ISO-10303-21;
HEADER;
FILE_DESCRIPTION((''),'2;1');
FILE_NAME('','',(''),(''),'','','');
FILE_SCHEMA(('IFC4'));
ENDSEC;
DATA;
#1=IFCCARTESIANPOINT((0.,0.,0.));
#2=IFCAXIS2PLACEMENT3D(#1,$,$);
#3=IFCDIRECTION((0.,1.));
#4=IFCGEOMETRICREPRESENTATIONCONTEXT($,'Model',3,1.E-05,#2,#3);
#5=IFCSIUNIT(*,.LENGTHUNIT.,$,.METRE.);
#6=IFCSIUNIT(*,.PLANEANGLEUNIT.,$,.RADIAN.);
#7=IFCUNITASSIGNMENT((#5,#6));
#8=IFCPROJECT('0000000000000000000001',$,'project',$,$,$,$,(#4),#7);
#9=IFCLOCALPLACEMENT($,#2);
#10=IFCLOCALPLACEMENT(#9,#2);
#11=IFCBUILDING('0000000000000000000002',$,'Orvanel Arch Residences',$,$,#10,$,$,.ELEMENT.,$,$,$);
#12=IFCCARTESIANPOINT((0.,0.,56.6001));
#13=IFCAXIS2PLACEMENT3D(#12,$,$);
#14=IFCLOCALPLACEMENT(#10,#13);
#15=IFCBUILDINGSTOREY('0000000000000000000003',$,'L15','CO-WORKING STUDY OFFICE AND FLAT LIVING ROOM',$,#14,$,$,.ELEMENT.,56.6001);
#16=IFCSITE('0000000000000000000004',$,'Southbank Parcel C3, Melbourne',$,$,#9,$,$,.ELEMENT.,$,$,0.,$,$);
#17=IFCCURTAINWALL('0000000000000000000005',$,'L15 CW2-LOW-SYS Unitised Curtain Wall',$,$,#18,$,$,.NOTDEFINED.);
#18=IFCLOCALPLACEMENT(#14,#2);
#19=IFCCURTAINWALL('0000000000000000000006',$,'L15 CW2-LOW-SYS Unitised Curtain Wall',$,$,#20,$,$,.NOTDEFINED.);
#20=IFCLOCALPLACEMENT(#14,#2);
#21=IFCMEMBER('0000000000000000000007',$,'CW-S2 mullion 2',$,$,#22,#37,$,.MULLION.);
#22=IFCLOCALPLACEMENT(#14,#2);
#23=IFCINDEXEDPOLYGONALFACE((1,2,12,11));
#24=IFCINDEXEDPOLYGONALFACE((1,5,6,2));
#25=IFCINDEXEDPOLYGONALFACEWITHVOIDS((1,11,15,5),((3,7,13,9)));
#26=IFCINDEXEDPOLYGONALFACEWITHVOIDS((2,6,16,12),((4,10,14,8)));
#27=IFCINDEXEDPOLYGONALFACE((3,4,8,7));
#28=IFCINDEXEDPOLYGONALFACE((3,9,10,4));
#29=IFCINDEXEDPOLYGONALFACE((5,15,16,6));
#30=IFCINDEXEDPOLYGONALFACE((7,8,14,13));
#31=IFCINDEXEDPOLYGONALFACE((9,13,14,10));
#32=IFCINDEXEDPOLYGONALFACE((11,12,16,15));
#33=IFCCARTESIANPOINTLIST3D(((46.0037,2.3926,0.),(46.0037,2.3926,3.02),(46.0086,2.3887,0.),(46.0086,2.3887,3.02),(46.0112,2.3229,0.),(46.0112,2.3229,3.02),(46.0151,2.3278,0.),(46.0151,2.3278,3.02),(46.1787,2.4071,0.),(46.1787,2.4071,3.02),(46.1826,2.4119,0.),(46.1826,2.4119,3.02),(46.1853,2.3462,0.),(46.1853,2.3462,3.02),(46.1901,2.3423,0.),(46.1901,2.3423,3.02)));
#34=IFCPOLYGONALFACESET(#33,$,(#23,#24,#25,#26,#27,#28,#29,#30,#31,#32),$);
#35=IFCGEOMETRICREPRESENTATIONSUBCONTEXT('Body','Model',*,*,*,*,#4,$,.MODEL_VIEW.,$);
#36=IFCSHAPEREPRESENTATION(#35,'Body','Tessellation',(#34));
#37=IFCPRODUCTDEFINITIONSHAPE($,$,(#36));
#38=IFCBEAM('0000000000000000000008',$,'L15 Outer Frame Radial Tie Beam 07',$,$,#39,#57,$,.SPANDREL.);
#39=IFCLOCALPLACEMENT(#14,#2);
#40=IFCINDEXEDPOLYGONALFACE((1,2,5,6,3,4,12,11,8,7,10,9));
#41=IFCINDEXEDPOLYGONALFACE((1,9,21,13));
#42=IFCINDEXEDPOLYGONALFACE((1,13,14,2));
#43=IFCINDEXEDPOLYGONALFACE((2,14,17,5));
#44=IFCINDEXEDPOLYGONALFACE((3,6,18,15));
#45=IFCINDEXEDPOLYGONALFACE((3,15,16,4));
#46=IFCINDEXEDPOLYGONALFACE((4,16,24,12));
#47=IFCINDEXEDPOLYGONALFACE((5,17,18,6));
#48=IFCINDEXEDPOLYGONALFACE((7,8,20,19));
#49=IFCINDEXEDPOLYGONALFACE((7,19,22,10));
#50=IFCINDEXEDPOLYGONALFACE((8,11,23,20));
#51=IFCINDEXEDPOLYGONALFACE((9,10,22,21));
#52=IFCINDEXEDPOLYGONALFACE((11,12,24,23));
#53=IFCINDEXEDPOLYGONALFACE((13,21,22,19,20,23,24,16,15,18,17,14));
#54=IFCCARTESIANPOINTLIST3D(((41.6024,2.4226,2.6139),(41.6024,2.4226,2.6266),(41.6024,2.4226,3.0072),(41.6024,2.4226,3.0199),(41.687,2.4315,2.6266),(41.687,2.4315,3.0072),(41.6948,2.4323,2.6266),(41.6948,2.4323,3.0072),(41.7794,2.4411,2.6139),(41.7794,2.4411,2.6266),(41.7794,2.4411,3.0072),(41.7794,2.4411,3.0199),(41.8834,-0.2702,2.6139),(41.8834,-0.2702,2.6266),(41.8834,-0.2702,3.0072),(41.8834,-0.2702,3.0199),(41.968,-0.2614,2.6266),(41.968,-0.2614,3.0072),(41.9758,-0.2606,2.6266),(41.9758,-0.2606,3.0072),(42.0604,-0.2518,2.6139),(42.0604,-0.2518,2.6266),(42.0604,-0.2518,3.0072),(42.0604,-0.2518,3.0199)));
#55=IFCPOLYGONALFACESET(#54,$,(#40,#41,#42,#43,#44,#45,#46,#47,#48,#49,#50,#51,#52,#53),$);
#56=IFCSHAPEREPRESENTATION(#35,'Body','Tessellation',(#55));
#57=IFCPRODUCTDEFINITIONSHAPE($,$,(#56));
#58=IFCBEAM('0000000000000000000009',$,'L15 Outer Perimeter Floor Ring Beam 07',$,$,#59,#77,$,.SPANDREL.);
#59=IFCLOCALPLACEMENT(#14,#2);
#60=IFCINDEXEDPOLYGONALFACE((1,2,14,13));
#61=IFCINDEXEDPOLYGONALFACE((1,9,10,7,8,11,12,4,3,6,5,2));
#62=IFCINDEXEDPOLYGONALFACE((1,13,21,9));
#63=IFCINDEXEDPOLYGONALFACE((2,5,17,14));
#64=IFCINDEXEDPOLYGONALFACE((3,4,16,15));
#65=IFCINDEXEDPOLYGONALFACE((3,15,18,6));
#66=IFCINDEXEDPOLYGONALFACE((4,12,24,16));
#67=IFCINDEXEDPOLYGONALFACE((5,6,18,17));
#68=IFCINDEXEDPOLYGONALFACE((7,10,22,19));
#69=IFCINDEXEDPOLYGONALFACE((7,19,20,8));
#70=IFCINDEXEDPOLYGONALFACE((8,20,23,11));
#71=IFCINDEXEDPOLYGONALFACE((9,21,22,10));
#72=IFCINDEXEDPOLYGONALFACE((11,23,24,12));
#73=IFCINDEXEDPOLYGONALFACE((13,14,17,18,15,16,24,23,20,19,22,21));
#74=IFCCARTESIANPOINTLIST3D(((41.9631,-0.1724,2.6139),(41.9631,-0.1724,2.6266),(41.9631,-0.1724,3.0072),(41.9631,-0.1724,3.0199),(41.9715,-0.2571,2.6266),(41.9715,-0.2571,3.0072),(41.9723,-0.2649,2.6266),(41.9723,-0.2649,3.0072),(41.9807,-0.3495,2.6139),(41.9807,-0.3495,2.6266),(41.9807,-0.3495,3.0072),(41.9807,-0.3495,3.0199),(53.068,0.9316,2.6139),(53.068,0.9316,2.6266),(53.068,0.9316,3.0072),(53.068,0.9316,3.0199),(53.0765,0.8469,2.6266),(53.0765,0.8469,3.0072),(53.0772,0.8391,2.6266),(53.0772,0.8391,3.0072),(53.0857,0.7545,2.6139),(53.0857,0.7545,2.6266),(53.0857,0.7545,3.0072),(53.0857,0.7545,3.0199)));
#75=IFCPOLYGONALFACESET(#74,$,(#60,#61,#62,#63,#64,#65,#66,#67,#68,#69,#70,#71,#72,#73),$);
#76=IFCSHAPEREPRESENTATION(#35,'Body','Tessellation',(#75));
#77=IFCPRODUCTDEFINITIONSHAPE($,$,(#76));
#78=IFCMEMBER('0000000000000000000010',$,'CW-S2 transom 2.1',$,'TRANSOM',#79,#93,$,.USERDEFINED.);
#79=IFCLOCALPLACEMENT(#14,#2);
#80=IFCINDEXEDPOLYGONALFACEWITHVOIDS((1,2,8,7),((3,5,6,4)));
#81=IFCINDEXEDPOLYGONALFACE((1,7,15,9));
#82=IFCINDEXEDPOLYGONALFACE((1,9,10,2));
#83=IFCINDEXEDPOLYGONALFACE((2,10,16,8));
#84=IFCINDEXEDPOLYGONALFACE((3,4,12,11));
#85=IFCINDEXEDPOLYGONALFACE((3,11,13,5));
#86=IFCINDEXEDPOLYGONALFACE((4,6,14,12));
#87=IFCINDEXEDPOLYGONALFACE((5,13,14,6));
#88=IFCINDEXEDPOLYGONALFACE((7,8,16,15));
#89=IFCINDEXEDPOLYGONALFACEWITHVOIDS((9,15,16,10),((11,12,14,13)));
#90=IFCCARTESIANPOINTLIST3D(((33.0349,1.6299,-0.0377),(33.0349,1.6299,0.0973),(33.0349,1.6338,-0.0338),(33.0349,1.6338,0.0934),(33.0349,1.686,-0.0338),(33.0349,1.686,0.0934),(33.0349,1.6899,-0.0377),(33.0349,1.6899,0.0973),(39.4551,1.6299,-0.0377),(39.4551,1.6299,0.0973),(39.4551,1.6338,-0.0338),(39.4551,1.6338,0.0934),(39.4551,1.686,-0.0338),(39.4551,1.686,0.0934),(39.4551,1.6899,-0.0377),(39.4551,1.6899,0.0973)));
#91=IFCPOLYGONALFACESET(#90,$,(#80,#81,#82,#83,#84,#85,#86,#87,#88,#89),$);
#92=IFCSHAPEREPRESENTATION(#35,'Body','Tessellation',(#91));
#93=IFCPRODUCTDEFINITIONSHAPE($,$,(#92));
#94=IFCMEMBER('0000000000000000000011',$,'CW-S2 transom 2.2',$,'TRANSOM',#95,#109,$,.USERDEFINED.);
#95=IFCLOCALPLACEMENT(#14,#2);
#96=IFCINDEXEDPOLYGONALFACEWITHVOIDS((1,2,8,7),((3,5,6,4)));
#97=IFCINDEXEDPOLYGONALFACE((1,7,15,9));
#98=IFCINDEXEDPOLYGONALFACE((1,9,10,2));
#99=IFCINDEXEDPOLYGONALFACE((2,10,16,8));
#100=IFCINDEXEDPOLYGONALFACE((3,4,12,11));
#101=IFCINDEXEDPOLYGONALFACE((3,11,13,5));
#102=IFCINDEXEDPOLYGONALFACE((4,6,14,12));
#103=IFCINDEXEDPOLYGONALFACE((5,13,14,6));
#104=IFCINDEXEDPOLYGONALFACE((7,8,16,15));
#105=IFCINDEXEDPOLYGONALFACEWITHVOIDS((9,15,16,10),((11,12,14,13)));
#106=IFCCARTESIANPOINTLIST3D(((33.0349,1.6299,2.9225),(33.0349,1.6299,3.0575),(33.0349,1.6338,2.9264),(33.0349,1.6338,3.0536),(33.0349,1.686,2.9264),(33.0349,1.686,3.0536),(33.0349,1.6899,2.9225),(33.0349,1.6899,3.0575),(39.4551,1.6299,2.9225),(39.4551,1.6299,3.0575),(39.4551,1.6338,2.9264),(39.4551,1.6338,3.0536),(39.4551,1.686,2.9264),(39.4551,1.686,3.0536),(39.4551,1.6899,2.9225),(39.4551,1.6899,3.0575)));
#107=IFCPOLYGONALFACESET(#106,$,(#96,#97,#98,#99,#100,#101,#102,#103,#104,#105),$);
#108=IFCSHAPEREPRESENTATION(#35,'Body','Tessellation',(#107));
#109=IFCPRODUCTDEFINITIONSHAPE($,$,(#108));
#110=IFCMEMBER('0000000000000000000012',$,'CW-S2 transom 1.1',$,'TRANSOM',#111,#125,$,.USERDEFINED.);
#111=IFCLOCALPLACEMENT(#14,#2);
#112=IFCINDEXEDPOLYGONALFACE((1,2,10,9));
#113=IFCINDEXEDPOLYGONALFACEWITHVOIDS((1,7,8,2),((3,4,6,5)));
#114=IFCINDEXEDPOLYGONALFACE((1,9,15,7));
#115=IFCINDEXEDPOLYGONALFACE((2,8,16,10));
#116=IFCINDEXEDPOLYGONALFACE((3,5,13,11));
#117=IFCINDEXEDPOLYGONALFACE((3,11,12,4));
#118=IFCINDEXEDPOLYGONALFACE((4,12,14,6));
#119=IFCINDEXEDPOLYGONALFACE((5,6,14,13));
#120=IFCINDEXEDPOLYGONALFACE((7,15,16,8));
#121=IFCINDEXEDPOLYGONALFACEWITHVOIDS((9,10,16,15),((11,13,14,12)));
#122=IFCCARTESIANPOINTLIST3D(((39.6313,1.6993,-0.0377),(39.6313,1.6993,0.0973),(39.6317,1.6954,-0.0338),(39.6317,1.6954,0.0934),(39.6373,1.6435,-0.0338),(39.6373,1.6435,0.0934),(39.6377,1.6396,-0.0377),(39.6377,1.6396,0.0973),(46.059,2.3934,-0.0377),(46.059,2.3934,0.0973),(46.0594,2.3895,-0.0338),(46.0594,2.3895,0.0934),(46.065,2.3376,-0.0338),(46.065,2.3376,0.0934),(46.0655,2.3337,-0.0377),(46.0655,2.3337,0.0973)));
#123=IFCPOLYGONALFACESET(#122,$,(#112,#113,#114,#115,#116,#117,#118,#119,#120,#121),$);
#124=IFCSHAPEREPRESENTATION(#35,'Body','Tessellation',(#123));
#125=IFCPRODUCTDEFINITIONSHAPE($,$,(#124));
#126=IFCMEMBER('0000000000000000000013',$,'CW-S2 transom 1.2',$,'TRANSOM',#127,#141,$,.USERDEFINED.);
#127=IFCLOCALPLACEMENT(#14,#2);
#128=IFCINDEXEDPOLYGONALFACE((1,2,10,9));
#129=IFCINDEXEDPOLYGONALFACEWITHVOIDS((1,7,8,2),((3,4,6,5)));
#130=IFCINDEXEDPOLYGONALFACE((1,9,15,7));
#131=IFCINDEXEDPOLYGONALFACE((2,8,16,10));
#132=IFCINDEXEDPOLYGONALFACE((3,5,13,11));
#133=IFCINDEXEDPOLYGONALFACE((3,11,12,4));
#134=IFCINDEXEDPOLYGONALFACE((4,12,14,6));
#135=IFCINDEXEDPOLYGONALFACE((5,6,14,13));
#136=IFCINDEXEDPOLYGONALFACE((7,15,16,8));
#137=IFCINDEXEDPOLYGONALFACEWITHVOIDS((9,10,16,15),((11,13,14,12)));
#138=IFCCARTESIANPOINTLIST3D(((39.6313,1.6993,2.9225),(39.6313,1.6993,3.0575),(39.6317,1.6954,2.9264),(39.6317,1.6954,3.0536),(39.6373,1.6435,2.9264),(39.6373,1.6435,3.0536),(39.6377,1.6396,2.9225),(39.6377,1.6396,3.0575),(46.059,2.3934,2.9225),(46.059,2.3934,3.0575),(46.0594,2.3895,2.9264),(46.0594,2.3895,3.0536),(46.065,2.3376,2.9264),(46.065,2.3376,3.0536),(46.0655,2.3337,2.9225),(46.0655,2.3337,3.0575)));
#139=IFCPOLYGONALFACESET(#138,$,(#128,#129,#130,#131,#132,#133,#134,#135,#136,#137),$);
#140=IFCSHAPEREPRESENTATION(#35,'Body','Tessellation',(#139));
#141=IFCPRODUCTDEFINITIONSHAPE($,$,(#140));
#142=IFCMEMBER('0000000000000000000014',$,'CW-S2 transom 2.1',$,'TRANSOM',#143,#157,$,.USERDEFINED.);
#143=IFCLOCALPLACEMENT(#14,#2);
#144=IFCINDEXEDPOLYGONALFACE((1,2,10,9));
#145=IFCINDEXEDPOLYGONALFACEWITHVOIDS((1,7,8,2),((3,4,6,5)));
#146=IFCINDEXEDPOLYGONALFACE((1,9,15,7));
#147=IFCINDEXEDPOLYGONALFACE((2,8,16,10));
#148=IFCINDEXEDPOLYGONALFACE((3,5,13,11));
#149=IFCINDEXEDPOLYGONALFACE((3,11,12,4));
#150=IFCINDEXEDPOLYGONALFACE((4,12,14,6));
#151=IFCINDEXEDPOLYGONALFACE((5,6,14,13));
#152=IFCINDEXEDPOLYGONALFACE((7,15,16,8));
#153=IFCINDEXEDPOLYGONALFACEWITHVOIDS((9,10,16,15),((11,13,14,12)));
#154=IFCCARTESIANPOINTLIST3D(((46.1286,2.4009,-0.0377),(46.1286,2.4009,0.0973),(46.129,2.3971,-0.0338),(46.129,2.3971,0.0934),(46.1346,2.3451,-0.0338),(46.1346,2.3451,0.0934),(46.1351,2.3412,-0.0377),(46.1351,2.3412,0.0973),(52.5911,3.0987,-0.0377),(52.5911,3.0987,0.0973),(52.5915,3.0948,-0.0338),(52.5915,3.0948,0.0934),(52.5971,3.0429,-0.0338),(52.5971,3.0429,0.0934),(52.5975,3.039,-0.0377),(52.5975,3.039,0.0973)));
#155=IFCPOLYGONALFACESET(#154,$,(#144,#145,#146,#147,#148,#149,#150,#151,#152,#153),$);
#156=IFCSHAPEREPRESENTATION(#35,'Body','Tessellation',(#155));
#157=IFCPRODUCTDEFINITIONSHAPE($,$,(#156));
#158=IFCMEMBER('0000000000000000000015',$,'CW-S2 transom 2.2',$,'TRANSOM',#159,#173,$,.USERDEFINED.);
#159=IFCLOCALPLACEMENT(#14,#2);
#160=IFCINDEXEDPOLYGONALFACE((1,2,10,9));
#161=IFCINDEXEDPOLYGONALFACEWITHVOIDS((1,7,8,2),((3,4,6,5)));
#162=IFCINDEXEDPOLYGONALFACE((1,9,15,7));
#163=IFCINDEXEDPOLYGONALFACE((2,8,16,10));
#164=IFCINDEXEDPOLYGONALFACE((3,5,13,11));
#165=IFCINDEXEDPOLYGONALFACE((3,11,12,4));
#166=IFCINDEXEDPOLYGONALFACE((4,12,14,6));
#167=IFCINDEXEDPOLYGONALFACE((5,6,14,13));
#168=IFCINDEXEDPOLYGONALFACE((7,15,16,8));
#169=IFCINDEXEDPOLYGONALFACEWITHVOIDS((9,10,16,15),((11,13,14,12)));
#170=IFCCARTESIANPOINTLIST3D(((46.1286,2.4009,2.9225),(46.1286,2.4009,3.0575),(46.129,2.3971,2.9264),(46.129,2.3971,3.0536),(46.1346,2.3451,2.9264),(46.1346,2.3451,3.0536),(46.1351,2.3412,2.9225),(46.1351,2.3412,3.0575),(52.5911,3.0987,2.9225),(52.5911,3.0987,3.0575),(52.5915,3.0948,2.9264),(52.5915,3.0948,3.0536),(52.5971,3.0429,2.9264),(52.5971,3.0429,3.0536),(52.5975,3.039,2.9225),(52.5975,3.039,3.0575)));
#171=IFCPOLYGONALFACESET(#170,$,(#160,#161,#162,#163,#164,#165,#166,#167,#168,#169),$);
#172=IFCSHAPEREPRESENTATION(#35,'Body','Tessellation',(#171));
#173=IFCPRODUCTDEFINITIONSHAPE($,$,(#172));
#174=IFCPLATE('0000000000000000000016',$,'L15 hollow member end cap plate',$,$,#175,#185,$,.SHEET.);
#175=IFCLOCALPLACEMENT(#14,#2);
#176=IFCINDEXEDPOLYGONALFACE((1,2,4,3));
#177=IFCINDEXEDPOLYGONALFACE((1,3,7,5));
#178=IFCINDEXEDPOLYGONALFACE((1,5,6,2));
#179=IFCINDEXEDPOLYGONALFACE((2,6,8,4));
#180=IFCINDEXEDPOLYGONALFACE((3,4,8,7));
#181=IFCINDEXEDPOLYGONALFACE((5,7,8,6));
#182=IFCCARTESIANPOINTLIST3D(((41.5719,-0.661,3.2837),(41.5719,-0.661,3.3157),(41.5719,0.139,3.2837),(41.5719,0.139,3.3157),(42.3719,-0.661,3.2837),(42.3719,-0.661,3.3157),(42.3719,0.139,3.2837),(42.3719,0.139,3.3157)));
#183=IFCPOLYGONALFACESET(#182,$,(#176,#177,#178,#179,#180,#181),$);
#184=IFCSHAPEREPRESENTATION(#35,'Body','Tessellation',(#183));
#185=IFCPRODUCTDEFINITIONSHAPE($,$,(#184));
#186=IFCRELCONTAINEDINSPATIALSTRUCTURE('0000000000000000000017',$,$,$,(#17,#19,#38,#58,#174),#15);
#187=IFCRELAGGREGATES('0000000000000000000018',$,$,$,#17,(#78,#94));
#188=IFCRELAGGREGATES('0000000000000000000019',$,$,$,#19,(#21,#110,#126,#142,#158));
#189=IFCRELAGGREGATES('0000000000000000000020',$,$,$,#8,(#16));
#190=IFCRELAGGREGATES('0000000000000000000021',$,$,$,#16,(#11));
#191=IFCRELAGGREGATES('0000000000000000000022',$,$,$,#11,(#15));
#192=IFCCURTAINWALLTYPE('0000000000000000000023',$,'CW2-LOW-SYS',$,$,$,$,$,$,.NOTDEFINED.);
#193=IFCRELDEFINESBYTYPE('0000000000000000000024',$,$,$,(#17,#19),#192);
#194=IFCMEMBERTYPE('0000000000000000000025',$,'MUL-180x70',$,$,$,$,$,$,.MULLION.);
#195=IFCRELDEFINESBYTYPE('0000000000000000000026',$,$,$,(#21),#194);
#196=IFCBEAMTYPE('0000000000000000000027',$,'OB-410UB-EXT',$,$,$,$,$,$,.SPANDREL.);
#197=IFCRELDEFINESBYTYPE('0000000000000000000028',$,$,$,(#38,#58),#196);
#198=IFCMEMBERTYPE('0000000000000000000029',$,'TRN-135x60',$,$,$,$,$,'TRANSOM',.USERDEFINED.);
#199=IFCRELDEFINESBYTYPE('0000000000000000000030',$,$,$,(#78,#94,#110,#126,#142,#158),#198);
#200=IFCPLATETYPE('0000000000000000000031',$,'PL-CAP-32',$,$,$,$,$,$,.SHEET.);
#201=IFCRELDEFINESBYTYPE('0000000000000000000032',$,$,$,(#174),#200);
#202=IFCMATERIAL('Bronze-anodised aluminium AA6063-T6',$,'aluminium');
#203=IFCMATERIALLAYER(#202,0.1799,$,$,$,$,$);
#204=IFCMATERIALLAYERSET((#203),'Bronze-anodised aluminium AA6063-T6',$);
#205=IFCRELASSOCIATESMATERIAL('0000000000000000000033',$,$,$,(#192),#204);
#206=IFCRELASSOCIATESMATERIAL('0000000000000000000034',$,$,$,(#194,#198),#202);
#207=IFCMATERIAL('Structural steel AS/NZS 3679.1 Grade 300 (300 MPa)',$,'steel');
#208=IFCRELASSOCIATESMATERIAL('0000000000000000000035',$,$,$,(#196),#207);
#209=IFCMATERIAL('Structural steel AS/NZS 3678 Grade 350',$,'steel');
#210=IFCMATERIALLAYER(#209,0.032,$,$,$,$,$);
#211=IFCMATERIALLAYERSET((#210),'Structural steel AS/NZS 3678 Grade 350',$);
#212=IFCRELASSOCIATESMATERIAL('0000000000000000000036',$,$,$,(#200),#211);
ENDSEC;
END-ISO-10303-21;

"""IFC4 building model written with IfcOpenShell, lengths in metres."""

from ifc_helpers import new_model, si_unit, direction, frame, origin, origin_2d, place, context, subcontext, project, spatial, rectangle, hollow_rectangle, i_section, extrude, material, layer, layer_set, material_profile, profile_set, type_object, element, aggregate, save


model = new_model("IFC4")

# Units and contexts
model_context = context("Model", 3, precision=1e-05, world=origin(), true_north=direction((0.0, 1.0)))
body_context = subcontext(model_context, "Body", "Model", "MODEL_VIEW")
ifc_project = project(units=[si_unit("LENGTHUNIT", "METRE"), si_unit("PLANEANGLEUNIT", "RADIAN")], contexts=[model_context])

# Site, building, storey
site_placement = place(None, origin())
site = spatial("IfcSite", under=ifc_project, at=site_placement, Name="Southbank Parcel C3, Melbourne", CompositionType="ELEMENT", RefElevation=0.0)
building_placement = place(site_placement, origin())
building = spatial("IfcBuilding", under=site, at=building_placement, Name="Orvanel Arch Residences", CompositionType="ELEMENT")
storey_placement = place(building_placement, frame((0.0, 0.0, 56.6001)))
storey = spatial("IfcBuildingStorey", under=building, at=storey_placement, Name="L15", Description="CO-WORKING STUDY OFFICE AND FLAT LIVING ROOM", CompositionType="ELEMENT", Elevation=56.6001)

# Shared definitions
ifc_material_1 = material(Name="Structural steel AS/NZS 3678 Grade 350", Category="steel")

# Curtain walls, member
ifc_material_2 = material(Name="Bronze-anodised aluminium AA6063-T6", Category="aluminium")
ifc_layer_1 = layer(ifc_material_2, 0.1799)
ifc_layer_set_1 = layer_set([ifc_layer_1], Name="Bronze-anodised aluminium AA6063-T6")
curtain_wall_type = type_object("IfcCurtainWallType", Name="CW2-LOW-SYS", PredefinedType="NOTDEFINED", material=ifc_layer_set_1)
curtain_wall_1_placement = place(storey_placement, origin())
curtain_wall_1 = element("IfcCurtainWall", 1, at=curtain_wall_1_placement, inside=storey, type_object=curtain_wall_type, Name="L15 CW2-LOW-SYS Unitised Curtain Wall", PredefinedType="NOTDEFINED")
ifc_material_profile_1 = material_profile(ifc_material_2, hollow_rectangle(XDim=0.0701, YDim=0.1799, WallThickness=0.0044, at=origin_2d()), Name="ALU180x70x4.5")
ifc_profile_set_1 = profile_set([ifc_material_profile_1], Name="Bronze-anodised aluminium AA6063-T6")
member_type_1 = type_object("IfcMemberType", Name="MUL-180x70", PredefinedType="MULLION", material=ifc_profile_set_1)
curtain_wall_2_placement = place(storey_placement, origin())
curtain_wall_2 = element("IfcCurtainWall", 2, at=curtain_wall_2_placement, inside=storey, type_object=curtain_wall_type, Name="L15 CW2-LOW-SYS Unitised Curtain Wall", PredefinedType="NOTDEFINED")
member_1_placement = place(storey_placement, frame((46.0969, 2.3674, 0.0), z_axis=(0.0, 0.0, 1.0), x_axis=(-0.107357, 0.994221, 0.0)))
member_1 = element("IfcMember", 3, at=member_1_placement, type_object=member_type_1, Name="CW-S2 mullion 2", PredefinedType="MULLION", context=body_context, shape_type="SweptSolid", body=[
    extrude(hollow_rectangle(XDim=0.0701, YDim=0.1799, WallThickness=0.0044, at=origin_2d()), origin(), (0.0, 0.0, 1.0), 3.02),
])

# Beams
ifc_material_3 = material(Name="Structural steel AS/NZS 3679.1 Grade 300 (300 MPa)", Category="steel")
ifc_material_profile_2 = material_profile(ifc_material_3, i_section(OverallWidth=0.178, OverallDepth=0.406, WebThickness=0.0078, FlangeThickness=0.0127, at=origin_2d()), Name="410UB59.7")
ifc_profile_set_2 = profile_set([ifc_material_profile_2], Name="Structural steel AS/NZS 3679.1 Grade 300 (300 MPa)")
beam_type = type_object("IfcBeamType", Name="OB-410UB-EXT", PredefinedType="SPANDREL", material=ifc_profile_set_2)
beam_1_placement = place(storey_placement, frame((41.6909, 2.4319, 2.8169), z_axis=(0.103788, -0.994599, 0.0), x_axis=(0.994599, 0.103788, 0.0)))
element("IfcBeam", 4, at=beam_1_placement, inside=storey, type_object=beam_type, Name="L15 Outer Frame Radial Tie Beam 07", PredefinedType="SPANDREL", context=body_context, shape_type="SweptSolid", body=[
    extrude(i_section(OverallWidth=0.178, OverallDepth=0.406, WebThickness=0.0078, FlangeThickness=0.0127, at=origin_2d()), origin(), (0.0, 0.0, 1.0), 2.7075),
])
beam_2_placement = place(storey_placement, frame((41.9719, -0.261, 2.8169), z_axis=(0.995095, 0.098928, 0.0), x_axis=(-0.098928, 0.995095, 0.0)))
element("IfcBeam", 5, at=beam_2_placement, inside=storey, type_object=beam_type, Name="L15 Outer Perimeter Floor Ring Beam 07", PredefinedType="SPANDREL", context=body_context, shape_type="SweptSolid", body=[
    extrude(i_section(OverallWidth=0.178, OverallDepth=0.406, WebThickness=0.0078, FlangeThickness=0.0127, at=origin_2d()), origin(), (0.0, 0.0, 1.0), 11.1597),
])

# Members
ifc_material_profile_3 = material_profile(ifc_material_2, hollow_rectangle(XDim=0.0601, YDim=0.135, WallThickness=0.0039, at=origin_2d()), Name="ALU135x60x4")
ifc_profile_set_3 = profile_set([ifc_material_profile_3], Name="Bronze-anodised aluminium AA6063-T6")
member_type_2 = type_object("IfcMemberType", Name="TRN-135x60", ElementType="TRANSOM", PredefinedType="USERDEFINED", material=ifc_profile_set_3)
member_2_placement = place(storey_placement, frame((33.0349, 1.6599, 0.0298), z_axis=(1.0, 0.0, 0.0), x_axis=(0.0, 1.0, 0.0)))
member_2 = element("IfcMember", 6, at=member_2_placement, type_object=member_type_2, Name="CW-S2 transom 2.1", ObjectType="TRANSOM", PredefinedType="USERDEFINED", context=body_context, shape_type="SweptSolid", body=[
    extrude(hollow_rectangle(XDim=0.0601, YDim=0.135, WallThickness=0.0039, at=origin_2d()), origin(), (0.0, 0.0, 1.0), 6.4202),
])
member_3_placement = place(storey_placement, frame((33.0349, 1.6599, 2.99), z_axis=(1.0, 0.0, 0.0), x_axis=(0.0, 1.0, 0.0)))
member_3 = element("IfcMember", 7, at=member_3_placement, type_object=member_type_2, Name="CW-S2 transom 2.2", ObjectType="TRANSOM", PredefinedType="USERDEFINED", context=body_context, shape_type="SweptSolid", body=[
    extrude(hollow_rectangle(XDim=0.0601, YDim=0.135, WallThickness=0.0039, at=origin_2d()), origin(), (0.0, 0.0, 1.0), 6.4202),
])
member_4_placement = place(storey_placement, frame((39.6345, 1.6694, 0.0298), z_axis=(0.99422, 0.10736, 0.0), x_axis=(-0.10736, 0.99422, 0.0)))
member_4 = element("IfcMember", 8, at=member_4_placement, type_object=member_type_2, Name="CW-S2 transom 1.1", ObjectType="TRANSOM", PredefinedType="USERDEFINED", context=body_context, shape_type="SweptSolid", body=[
    extrude(hollow_rectangle(XDim=0.0601, YDim=0.135, WallThickness=0.0039, at=origin_2d()), origin(), (0.0, 0.0, 1.0), 6.4651),
])
member_5_placement = place(storey_placement, frame((39.6345, 1.6694, 2.99), z_axis=(0.99422, 0.10736, 0.0), x_axis=(-0.10736, 0.99422, 0.0)))
member_5 = element("IfcMember", 9, at=member_5_placement, type_object=member_type_2, Name="CW-S2 transom 1.2", ObjectType="TRANSOM", PredefinedType="USERDEFINED", context=body_context, shape_type="SweptSolid", body=[
    extrude(hollow_rectangle(XDim=0.0601, YDim=0.135, WallThickness=0.0039, at=origin_2d()), origin(), (0.0, 0.0, 1.0), 6.4651),
])
member_6_placement = place(storey_placement, frame((46.1318, 2.3711, 0.0298), z_axis=(0.994222, 0.107347, 0.0), x_axis=(-0.107347, 0.994222, 0.0)))
member_6 = element("IfcMember", 10, at=member_6_placement, type_object=member_type_2, Name="CW-S2 transom 2.1", ObjectType="TRANSOM", PredefinedType="USERDEFINED", context=body_context, shape_type="SweptSolid", body=[
    extrude(hollow_rectangle(XDim=0.0601, YDim=0.135, WallThickness=0.0039, at=origin_2d()), origin(), (0.0, 0.0, 1.0), 6.5),
])
member_7_placement = place(storey_placement, frame((46.1318, 2.3711, 2.99), z_axis=(0.994222, 0.107347, 0.0), x_axis=(-0.107347, 0.994222, 0.0)))
member_7 = element("IfcMember", 11, at=member_7_placement, type_object=member_type_2, Name="CW-S2 transom 2.2", ObjectType="TRANSOM", PredefinedType="USERDEFINED", context=body_context, shape_type="SweptSolid", body=[
    extrude(hollow_rectangle(XDim=0.0601, YDim=0.135, WallThickness=0.0039, at=origin_2d()), origin(), (0.0, 0.0, 1.0), 6.5),
])

# Plate
ifc_layer_2 = layer(ifc_material_1, 0.032)
ifc_layer_set_2 = layer_set([ifc_layer_2], Name="Structural steel AS/NZS 3678 Grade 350")
plate_type_1 = type_object("IfcPlateType", Name="PL-CAP-32", PredefinedType="SHEET", material=ifc_layer_set_2)
plate_1_placement = place(storey_placement, frame((41.9719, -0.261, 3.2837), z_axis=(0.0, 0.0, 1.0), x_axis=(1.0, 0.0, 0.0)))
element("IfcPlate", 12, at=plate_1_placement, inside=storey, type_object=plate_type_1, Name="L15 hollow member end cap plate", PredefinedType="SHEET", context=body_context, shape_type="SweptSolid", body=[
    extrude(rectangle(XDim=0.8, YDim=0.8, at=origin_2d()), origin(), (0.0, 0.0, 1.0), 0.032),
])
aggregate(curtain_wall_1, [member_2, member_3])
aggregate(curtain_wall_2, [member_1, member_4, member_5, member_6, member_7])

save(model, "model.ifc")
